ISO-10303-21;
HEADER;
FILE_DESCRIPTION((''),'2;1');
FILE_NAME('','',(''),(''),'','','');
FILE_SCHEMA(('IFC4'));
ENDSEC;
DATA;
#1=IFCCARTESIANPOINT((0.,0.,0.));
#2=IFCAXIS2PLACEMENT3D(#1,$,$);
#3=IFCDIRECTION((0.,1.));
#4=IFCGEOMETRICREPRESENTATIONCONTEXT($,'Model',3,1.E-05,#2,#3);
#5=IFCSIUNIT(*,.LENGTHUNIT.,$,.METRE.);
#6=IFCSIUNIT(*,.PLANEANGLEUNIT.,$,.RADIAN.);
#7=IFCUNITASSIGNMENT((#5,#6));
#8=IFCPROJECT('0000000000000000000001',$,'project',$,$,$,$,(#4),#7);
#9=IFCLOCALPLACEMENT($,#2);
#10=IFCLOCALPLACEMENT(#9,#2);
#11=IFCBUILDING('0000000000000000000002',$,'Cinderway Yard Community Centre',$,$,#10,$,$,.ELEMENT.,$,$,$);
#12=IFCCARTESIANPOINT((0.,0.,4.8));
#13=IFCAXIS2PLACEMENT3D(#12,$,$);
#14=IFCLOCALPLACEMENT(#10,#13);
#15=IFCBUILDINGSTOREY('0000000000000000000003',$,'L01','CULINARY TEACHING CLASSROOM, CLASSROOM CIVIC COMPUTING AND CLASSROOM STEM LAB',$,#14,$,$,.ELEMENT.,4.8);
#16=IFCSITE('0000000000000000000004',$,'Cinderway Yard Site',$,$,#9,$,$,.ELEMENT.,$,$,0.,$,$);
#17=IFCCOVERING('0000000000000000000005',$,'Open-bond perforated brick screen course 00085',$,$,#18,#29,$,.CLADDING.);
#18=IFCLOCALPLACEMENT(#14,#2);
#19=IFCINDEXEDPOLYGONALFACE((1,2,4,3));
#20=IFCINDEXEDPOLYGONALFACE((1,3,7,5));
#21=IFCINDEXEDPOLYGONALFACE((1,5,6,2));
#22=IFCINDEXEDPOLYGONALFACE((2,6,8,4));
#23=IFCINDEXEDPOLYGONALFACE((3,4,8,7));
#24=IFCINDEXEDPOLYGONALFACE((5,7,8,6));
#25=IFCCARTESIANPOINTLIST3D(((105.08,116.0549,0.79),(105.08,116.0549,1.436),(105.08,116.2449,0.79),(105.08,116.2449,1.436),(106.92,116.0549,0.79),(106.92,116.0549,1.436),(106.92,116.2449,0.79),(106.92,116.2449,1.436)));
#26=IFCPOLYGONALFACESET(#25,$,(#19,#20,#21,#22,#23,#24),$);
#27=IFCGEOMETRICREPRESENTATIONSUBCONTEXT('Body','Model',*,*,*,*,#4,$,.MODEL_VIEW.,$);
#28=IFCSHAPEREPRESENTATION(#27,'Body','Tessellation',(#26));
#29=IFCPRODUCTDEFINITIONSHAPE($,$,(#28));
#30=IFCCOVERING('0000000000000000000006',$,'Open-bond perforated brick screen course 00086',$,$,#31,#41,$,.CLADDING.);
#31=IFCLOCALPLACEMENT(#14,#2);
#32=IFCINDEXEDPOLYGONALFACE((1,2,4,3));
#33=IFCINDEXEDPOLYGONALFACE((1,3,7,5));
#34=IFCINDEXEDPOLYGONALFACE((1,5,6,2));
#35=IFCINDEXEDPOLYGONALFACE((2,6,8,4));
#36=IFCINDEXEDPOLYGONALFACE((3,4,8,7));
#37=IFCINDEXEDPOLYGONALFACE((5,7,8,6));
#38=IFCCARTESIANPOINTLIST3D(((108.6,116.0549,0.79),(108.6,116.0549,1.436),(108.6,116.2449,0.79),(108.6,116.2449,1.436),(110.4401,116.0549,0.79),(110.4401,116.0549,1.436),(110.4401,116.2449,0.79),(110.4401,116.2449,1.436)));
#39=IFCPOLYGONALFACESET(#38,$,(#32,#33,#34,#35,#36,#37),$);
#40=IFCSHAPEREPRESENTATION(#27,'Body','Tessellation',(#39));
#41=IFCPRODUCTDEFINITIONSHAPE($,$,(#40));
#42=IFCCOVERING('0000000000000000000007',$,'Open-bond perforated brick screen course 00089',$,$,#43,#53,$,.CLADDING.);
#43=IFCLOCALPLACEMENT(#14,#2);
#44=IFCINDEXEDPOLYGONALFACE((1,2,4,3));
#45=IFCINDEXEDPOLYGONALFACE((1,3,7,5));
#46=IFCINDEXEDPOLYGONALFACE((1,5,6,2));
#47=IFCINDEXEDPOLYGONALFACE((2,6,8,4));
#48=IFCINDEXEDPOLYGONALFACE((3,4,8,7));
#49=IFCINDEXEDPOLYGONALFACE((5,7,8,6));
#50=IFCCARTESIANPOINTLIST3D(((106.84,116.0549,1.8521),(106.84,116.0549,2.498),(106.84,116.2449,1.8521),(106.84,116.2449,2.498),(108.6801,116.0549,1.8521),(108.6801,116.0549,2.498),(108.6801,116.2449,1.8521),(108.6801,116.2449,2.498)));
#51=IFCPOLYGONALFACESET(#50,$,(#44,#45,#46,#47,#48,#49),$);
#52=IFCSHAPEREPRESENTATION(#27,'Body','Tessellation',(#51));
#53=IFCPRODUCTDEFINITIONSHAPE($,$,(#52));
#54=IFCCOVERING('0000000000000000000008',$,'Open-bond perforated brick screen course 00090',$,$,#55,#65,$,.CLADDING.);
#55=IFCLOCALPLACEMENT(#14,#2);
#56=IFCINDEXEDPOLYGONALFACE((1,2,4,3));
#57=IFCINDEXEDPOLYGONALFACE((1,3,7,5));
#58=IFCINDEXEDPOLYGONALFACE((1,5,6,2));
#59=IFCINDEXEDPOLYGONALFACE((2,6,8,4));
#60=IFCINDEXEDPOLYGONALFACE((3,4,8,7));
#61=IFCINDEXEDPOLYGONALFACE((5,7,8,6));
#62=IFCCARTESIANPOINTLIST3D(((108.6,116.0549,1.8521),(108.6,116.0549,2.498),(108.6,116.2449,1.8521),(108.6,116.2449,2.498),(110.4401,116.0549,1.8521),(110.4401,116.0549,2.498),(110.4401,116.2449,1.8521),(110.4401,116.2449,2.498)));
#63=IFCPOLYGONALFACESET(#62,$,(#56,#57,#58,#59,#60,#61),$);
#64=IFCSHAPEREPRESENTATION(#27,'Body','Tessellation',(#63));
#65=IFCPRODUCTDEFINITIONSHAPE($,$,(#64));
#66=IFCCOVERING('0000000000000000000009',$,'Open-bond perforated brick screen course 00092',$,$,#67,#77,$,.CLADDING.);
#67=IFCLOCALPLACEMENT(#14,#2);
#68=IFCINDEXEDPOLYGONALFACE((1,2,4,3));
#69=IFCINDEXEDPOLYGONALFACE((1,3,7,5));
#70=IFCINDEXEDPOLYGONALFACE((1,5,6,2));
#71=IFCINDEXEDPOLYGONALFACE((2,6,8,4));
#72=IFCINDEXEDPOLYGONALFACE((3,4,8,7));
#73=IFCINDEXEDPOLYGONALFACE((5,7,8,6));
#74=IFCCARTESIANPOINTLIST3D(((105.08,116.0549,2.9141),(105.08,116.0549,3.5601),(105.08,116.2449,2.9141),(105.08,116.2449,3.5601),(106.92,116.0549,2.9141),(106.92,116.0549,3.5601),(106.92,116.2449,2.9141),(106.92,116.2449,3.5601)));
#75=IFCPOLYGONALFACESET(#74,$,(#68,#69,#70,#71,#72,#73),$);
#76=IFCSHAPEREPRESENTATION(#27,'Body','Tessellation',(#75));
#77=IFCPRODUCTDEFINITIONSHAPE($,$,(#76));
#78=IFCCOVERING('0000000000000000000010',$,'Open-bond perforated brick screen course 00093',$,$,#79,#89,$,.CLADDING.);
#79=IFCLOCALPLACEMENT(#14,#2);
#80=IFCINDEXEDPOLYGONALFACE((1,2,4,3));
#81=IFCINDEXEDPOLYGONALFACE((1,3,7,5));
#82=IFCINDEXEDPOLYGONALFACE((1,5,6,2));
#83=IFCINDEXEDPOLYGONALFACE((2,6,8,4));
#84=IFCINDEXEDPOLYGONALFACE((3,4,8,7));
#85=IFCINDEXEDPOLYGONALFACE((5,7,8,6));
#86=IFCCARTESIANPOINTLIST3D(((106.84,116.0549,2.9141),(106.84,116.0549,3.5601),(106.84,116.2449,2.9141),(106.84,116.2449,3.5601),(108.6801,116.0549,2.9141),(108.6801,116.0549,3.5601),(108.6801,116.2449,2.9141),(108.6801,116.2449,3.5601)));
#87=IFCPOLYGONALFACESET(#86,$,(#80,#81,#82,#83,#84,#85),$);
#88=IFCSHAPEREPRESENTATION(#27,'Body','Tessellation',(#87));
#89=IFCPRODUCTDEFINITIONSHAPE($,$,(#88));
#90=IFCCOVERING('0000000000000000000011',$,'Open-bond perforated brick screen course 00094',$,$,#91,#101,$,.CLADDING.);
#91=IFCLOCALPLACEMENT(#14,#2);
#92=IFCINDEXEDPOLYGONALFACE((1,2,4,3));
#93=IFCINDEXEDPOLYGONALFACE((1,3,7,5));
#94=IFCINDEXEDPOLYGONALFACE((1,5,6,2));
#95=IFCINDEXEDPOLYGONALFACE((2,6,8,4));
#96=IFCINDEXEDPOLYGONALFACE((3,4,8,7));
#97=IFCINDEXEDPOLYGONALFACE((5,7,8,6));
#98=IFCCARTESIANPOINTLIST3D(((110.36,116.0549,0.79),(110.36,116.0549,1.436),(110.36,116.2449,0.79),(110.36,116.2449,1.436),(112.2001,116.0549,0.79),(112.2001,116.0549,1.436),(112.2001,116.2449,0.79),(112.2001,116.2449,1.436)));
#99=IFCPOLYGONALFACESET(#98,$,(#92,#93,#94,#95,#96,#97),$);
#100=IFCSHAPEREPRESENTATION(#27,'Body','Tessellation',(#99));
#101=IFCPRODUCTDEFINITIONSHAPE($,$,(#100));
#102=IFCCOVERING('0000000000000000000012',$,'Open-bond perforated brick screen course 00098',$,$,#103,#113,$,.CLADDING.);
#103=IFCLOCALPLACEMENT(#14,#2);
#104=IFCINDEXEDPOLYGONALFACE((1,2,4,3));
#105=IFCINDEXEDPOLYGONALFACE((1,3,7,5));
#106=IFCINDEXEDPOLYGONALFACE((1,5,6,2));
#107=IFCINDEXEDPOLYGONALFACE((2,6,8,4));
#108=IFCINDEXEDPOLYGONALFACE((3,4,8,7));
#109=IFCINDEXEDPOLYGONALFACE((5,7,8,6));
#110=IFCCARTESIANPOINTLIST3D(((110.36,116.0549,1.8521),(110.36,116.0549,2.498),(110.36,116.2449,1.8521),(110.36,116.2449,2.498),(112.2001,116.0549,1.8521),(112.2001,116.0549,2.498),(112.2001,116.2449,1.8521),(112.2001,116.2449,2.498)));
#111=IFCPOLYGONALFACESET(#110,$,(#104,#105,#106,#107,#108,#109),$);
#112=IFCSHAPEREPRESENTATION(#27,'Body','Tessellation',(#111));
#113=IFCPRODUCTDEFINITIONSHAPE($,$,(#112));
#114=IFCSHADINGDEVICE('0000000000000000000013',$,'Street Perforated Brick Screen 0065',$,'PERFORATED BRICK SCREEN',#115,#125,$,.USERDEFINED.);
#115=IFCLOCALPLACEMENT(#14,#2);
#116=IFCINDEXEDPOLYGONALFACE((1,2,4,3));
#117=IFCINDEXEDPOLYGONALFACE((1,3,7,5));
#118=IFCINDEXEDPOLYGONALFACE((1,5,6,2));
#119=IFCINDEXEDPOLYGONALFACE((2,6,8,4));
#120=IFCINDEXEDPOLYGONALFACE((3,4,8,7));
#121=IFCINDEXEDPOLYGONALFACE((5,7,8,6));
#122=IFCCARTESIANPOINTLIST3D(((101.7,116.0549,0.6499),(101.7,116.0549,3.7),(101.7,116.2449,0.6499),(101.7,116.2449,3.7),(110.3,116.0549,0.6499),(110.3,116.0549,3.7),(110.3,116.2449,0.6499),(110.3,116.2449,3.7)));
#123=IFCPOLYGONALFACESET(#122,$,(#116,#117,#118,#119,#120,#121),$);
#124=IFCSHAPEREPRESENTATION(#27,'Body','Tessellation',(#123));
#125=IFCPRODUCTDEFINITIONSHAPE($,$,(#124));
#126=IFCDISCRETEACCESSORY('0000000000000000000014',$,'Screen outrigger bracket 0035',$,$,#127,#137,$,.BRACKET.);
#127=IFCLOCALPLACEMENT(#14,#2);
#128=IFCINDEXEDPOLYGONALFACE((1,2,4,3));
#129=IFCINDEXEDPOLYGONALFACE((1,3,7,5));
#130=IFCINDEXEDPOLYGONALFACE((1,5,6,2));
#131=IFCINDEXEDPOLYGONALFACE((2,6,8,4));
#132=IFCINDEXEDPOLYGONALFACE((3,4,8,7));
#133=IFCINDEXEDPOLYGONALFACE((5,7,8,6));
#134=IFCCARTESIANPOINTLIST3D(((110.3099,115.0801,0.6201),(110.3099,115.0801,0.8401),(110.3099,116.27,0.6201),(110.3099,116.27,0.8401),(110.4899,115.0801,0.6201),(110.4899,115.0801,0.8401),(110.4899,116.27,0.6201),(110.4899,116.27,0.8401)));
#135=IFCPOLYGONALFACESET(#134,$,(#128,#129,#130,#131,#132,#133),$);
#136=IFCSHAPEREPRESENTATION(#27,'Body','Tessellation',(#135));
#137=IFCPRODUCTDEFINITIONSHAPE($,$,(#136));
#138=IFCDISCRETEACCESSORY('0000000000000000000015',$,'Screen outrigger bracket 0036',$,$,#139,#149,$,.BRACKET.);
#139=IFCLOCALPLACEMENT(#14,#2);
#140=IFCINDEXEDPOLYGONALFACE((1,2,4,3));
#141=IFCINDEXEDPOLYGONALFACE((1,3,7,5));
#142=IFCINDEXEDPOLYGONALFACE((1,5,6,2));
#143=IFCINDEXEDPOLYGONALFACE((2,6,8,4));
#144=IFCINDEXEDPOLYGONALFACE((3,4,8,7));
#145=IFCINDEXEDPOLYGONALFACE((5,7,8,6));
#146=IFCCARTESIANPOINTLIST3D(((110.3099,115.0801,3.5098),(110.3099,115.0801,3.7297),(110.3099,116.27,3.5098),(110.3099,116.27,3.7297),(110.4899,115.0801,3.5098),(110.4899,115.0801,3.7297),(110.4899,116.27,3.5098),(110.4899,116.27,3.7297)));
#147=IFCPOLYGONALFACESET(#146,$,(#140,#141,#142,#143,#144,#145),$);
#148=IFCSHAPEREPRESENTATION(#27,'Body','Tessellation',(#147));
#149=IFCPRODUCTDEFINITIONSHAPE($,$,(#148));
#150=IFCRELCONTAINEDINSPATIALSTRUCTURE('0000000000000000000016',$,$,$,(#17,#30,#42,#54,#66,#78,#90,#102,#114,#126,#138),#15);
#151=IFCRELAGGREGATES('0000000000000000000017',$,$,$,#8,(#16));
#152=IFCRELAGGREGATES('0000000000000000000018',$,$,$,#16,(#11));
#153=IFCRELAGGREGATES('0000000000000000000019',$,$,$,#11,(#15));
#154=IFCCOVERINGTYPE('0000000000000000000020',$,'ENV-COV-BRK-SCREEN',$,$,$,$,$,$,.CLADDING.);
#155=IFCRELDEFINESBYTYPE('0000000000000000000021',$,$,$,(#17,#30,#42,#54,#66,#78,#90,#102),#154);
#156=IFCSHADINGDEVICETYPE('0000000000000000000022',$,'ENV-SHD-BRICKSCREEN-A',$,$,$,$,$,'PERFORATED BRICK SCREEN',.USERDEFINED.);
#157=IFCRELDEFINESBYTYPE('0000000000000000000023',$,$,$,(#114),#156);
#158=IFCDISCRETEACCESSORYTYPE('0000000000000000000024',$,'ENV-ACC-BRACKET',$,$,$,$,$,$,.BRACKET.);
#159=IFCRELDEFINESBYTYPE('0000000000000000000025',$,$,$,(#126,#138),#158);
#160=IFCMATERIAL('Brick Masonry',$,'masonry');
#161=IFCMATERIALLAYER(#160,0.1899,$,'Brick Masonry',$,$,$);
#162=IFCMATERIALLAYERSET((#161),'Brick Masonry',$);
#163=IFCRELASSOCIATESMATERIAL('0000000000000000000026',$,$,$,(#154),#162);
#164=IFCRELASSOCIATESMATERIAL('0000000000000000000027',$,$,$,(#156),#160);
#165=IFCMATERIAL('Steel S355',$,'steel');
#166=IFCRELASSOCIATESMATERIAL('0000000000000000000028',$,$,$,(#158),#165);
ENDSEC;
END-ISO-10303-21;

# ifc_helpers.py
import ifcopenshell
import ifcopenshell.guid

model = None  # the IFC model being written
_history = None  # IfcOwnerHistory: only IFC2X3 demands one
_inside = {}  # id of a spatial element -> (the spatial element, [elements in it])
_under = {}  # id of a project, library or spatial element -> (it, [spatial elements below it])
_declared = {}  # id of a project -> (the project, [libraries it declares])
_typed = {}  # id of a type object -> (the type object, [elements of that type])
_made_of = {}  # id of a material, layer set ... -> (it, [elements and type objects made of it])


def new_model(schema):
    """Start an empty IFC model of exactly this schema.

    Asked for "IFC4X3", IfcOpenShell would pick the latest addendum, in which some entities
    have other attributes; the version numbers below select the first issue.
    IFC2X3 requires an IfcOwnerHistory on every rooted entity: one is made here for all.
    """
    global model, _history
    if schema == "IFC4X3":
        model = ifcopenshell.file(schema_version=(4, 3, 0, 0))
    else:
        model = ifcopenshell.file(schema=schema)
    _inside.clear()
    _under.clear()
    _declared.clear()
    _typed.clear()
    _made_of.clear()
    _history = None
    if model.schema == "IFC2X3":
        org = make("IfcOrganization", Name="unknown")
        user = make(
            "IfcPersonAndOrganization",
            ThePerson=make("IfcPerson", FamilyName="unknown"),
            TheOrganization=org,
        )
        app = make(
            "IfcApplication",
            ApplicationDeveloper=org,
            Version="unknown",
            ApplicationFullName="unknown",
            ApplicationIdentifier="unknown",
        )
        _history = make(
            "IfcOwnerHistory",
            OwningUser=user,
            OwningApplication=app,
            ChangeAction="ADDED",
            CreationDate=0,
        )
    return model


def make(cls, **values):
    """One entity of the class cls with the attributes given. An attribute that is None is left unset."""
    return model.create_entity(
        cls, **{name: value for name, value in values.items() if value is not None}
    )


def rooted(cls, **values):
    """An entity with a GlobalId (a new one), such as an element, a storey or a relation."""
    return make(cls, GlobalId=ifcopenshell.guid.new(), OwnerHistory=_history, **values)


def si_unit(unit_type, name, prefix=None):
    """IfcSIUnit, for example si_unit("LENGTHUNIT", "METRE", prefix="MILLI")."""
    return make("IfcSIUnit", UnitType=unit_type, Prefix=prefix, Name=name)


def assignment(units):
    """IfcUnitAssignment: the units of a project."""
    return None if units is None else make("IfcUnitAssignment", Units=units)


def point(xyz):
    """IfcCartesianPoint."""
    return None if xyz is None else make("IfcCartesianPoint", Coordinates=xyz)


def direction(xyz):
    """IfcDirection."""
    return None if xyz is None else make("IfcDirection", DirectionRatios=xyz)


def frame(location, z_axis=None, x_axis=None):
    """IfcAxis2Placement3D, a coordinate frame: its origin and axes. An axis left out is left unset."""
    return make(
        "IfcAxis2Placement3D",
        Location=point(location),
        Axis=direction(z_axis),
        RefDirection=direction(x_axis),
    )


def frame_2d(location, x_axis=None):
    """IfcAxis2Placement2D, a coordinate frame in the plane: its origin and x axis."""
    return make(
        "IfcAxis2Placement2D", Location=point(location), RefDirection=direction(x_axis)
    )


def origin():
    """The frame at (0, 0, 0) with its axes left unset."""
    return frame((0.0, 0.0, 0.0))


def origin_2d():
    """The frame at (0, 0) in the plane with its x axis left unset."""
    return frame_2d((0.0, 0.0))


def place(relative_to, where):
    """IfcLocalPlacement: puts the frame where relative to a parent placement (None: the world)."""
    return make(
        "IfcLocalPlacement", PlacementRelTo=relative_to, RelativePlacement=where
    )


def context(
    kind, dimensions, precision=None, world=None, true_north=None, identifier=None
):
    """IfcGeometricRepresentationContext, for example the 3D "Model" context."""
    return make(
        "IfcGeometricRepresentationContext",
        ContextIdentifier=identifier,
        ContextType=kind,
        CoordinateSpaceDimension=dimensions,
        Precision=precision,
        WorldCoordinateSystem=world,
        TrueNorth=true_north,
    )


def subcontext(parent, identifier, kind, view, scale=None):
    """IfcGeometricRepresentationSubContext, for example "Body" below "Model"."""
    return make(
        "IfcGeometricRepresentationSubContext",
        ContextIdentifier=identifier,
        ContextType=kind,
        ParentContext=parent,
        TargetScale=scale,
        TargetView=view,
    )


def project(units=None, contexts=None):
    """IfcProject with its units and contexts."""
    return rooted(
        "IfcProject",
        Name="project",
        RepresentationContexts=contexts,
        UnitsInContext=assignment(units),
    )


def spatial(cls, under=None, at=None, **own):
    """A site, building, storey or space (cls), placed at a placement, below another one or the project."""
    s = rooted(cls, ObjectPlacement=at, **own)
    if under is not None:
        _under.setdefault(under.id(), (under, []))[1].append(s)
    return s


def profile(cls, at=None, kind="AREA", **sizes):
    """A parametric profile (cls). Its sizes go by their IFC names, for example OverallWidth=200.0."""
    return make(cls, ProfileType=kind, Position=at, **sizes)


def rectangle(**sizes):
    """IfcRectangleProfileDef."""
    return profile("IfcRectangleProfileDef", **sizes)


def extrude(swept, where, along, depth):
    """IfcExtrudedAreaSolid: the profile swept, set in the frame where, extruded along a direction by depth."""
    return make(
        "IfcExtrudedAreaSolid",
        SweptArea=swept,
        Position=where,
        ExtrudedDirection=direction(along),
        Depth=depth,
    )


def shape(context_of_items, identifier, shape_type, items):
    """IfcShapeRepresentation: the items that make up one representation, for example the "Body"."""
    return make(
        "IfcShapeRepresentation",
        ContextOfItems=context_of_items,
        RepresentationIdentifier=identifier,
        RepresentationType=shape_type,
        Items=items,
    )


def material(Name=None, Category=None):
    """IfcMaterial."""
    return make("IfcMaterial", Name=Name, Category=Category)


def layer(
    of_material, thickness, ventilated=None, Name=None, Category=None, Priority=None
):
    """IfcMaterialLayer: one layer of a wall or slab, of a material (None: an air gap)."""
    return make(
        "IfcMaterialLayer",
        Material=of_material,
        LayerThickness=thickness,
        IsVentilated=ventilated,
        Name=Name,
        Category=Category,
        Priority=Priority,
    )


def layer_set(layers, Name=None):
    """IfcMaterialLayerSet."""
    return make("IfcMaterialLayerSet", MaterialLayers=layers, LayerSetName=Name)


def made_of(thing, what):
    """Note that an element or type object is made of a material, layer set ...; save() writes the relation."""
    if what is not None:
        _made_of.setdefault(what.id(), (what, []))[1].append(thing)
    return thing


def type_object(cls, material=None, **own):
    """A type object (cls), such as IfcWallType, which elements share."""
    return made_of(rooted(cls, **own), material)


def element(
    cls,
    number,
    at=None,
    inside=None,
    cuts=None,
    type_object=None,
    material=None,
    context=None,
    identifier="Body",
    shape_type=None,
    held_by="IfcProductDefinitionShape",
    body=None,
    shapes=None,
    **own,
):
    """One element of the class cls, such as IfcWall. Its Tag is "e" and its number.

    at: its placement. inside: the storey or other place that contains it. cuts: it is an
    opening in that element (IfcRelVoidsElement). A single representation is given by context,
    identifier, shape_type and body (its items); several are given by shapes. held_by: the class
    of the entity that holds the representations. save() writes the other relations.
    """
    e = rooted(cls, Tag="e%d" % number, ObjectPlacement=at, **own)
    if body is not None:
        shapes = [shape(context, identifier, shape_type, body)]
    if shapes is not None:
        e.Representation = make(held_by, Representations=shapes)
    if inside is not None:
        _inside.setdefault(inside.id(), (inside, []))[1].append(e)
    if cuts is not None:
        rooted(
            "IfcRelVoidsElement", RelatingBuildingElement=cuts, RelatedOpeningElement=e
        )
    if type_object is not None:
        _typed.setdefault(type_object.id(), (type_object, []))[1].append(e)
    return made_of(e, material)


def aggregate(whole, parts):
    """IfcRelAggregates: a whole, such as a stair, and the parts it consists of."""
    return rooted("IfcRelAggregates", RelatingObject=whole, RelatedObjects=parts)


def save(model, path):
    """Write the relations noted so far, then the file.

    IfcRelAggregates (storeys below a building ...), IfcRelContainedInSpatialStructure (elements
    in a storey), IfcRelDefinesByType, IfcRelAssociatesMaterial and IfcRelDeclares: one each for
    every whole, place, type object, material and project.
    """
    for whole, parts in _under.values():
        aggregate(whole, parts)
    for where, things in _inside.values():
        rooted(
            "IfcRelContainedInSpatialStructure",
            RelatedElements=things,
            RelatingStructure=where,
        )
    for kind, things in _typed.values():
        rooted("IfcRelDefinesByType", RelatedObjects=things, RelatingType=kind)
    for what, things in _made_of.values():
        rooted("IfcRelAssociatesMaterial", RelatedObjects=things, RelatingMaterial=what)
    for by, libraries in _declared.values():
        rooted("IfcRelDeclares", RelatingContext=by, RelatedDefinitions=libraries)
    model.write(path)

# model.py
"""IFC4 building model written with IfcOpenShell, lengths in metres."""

from ifc_helpers import new_model, si_unit, direction, frame, origin, origin_2d, place, context, subcontext, project, spatial, rectangle, extrude, material, layer, layer_set, type_object, element, save


model = new_model("IFC4")

# Units and contexts
model_context = context("Model", 3, precision=1e-05, world=origin(), true_north=direction((0.0, 1.0)))
body_context = subcontext(model_context, "Body", "Model", "MODEL_VIEW")
ifc_project = project(units=[si_unit("LENGTHUNIT", "METRE"), si_unit("PLANEANGLEUNIT", "RADIAN")], contexts=[model_context])

# Site, building, storey
site_placement = place(None, origin())
site = spatial("IfcSite", under=ifc_project, at=site_placement, Name="Cinderway Yard Site", CompositionType="ELEMENT", RefElevation=0.0)
building_placement = place(site_placement, origin())
building = spatial("IfcBuilding", under=site, at=building_placement, Name="Cinderway Yard Community Centre", CompositionType="ELEMENT")
storey_placement = place(building_placement, frame((0.0, 0.0, 4.8)))
storey = spatial("IfcBuildingStorey", under=building, at=storey_placement, Name="L01", Description="CULINARY TEACHING CLASSROOM, CLASSROOM CIVIC COMPUTING AND CLASSROOM STEM LAB", CompositionType="ELEMENT", Elevation=4.8)

# Shared definitions
ifc_material_1 = material(Name="Steel S355", Category="steel")

# Shared definitions
ifc_material_2 = material(Name="Brick Masonry", Category="masonry")

# Coverings
ifc_layer_1 = layer(ifc_material_2, 0.1899, Name="Brick Masonry")
ifc_layer_set_1 = layer_set([ifc_layer_1], Name="Brick Masonry")
covering_type = type_object("IfcCoveringType", Name="ENV-COV-BRK-SCREEN", PredefinedType="CLADDING", material=ifc_layer_set_1)
for number, where, z_axis, x_axis, name in (
    (1, (106.0, 116.1499, 0.79), (0.0, 0.0, 1.0), (1.0, 0.0, 0.0), "Open-bond perforated brick screen course 00085"),
    (2, (109.52, 116.1499, 0.79), (0.0, 0.0, 1.0), (1.0, 0.0, 0.0), "Open-bond perforated brick screen course 00086"),
    (3, (107.76, 116.1499, 1.8521), (0.0, 0.0, 1.0), (1.0, 0.0, 0.0), "Open-bond perforated brick screen course 00089"),
    (4, (109.52, 116.1499, 1.8521), (0.0, 0.0, 1.0), (1.0, 0.0, 0.0), "Open-bond perforated brick screen course 00090"),
    (5, (106.0, 116.1499, 2.9141), (0.0, 0.0, 1.0), (1.0, 0.0, 0.0), "Open-bond perforated brick screen course 00092"),
    (6, (107.76, 116.1499, 2.9141), (0.0, 0.0, 1.0), (1.0, 0.0, 0.0), "Open-bond perforated brick screen course 00093"),
    (7, (111.28, 116.1499, 0.79), (0.0, 0.0, 1.0), (1.0, 0.0, 0.0), "Open-bond perforated brick screen course 00094"),
    (8, (111.28, 116.1499, 1.8521), (0.0, 0.0, 1.0), (1.0, 0.0, 0.0), "Open-bond perforated brick screen course 00098"),
):
    element("IfcCovering", number, at=place(storey_placement, frame(where, z_axis=z_axis, x_axis=x_axis)), inside=storey, type_object=covering_type, Name=name, PredefinedType="CLADDING", context=body_context, shape_type="SweptSolid", body=[
        extrude(rectangle(XDim=1.8401, YDim=0.1899, at=origin_2d()), origin(), (0.0, 0.0, 1.0), 0.646),
    ])

# Shading device
shading_device_type = type_object("IfcShadingDeviceType", Name="ENV-SHD-BRICKSCREEN-A", ElementType="PERFORATED BRICK SCREEN", PredefinedType="USERDEFINED", material=ifc_material_2)
shading_device_placement = place(storey_placement, frame((106.0, 116.1499, 0.6499), z_axis=(0.0, 0.0, 1.0), x_axis=(1.0, 0.0, 0.0)))
element("IfcShadingDevice", 9, at=shading_device_placement, inside=storey, type_object=shading_device_type, Name="Street Perforated Brick Screen 0065", ObjectType="PERFORATED BRICK SCREEN", PredefinedType="USERDEFINED", context=body_context, shape_type="SweptSolid", body=[
    extrude(rectangle(XDim=8.6001, YDim=0.1899, at=origin_2d()), origin(), (0.0, 0.0, 1.0), 3.05),
])

# Discrete accessories
discrete_accessory_type = type_object("IfcDiscreteAccessoryType", Name="ENV-ACC-BRACKET", PredefinedType="BRACKET", material=ifc_material_1)
for number, where, z_axis, x_axis, name in (
    (10, (110.3999, 115.675, 0.6201), (0.0, 0.0, 1.0), (0.0, 1.0, 0.0), "Screen outrigger bracket 0035"),
    (11, (110.3999, 115.675, 3.5098), (0.0, 0.0, 1.0), (0.0, 1.0, 0.0), "Screen outrigger bracket 0036"),
):
    element("IfcDiscreteAccessory", number, at=place(storey_placement, frame(where, z_axis=z_axis, x_axis=x_axis)), inside=storey, type_object=discrete_accessory_type, Name=name, PredefinedType="BRACKET", context=body_context, shape_type="SweptSolid", body=[
        extrude(rectangle(XDim=1.1899, YDim=0.1799, at=origin_2d()), origin(), (0.0, 0.0, 1.0), 0.22),
    ])

save(model, "model.ifc")
